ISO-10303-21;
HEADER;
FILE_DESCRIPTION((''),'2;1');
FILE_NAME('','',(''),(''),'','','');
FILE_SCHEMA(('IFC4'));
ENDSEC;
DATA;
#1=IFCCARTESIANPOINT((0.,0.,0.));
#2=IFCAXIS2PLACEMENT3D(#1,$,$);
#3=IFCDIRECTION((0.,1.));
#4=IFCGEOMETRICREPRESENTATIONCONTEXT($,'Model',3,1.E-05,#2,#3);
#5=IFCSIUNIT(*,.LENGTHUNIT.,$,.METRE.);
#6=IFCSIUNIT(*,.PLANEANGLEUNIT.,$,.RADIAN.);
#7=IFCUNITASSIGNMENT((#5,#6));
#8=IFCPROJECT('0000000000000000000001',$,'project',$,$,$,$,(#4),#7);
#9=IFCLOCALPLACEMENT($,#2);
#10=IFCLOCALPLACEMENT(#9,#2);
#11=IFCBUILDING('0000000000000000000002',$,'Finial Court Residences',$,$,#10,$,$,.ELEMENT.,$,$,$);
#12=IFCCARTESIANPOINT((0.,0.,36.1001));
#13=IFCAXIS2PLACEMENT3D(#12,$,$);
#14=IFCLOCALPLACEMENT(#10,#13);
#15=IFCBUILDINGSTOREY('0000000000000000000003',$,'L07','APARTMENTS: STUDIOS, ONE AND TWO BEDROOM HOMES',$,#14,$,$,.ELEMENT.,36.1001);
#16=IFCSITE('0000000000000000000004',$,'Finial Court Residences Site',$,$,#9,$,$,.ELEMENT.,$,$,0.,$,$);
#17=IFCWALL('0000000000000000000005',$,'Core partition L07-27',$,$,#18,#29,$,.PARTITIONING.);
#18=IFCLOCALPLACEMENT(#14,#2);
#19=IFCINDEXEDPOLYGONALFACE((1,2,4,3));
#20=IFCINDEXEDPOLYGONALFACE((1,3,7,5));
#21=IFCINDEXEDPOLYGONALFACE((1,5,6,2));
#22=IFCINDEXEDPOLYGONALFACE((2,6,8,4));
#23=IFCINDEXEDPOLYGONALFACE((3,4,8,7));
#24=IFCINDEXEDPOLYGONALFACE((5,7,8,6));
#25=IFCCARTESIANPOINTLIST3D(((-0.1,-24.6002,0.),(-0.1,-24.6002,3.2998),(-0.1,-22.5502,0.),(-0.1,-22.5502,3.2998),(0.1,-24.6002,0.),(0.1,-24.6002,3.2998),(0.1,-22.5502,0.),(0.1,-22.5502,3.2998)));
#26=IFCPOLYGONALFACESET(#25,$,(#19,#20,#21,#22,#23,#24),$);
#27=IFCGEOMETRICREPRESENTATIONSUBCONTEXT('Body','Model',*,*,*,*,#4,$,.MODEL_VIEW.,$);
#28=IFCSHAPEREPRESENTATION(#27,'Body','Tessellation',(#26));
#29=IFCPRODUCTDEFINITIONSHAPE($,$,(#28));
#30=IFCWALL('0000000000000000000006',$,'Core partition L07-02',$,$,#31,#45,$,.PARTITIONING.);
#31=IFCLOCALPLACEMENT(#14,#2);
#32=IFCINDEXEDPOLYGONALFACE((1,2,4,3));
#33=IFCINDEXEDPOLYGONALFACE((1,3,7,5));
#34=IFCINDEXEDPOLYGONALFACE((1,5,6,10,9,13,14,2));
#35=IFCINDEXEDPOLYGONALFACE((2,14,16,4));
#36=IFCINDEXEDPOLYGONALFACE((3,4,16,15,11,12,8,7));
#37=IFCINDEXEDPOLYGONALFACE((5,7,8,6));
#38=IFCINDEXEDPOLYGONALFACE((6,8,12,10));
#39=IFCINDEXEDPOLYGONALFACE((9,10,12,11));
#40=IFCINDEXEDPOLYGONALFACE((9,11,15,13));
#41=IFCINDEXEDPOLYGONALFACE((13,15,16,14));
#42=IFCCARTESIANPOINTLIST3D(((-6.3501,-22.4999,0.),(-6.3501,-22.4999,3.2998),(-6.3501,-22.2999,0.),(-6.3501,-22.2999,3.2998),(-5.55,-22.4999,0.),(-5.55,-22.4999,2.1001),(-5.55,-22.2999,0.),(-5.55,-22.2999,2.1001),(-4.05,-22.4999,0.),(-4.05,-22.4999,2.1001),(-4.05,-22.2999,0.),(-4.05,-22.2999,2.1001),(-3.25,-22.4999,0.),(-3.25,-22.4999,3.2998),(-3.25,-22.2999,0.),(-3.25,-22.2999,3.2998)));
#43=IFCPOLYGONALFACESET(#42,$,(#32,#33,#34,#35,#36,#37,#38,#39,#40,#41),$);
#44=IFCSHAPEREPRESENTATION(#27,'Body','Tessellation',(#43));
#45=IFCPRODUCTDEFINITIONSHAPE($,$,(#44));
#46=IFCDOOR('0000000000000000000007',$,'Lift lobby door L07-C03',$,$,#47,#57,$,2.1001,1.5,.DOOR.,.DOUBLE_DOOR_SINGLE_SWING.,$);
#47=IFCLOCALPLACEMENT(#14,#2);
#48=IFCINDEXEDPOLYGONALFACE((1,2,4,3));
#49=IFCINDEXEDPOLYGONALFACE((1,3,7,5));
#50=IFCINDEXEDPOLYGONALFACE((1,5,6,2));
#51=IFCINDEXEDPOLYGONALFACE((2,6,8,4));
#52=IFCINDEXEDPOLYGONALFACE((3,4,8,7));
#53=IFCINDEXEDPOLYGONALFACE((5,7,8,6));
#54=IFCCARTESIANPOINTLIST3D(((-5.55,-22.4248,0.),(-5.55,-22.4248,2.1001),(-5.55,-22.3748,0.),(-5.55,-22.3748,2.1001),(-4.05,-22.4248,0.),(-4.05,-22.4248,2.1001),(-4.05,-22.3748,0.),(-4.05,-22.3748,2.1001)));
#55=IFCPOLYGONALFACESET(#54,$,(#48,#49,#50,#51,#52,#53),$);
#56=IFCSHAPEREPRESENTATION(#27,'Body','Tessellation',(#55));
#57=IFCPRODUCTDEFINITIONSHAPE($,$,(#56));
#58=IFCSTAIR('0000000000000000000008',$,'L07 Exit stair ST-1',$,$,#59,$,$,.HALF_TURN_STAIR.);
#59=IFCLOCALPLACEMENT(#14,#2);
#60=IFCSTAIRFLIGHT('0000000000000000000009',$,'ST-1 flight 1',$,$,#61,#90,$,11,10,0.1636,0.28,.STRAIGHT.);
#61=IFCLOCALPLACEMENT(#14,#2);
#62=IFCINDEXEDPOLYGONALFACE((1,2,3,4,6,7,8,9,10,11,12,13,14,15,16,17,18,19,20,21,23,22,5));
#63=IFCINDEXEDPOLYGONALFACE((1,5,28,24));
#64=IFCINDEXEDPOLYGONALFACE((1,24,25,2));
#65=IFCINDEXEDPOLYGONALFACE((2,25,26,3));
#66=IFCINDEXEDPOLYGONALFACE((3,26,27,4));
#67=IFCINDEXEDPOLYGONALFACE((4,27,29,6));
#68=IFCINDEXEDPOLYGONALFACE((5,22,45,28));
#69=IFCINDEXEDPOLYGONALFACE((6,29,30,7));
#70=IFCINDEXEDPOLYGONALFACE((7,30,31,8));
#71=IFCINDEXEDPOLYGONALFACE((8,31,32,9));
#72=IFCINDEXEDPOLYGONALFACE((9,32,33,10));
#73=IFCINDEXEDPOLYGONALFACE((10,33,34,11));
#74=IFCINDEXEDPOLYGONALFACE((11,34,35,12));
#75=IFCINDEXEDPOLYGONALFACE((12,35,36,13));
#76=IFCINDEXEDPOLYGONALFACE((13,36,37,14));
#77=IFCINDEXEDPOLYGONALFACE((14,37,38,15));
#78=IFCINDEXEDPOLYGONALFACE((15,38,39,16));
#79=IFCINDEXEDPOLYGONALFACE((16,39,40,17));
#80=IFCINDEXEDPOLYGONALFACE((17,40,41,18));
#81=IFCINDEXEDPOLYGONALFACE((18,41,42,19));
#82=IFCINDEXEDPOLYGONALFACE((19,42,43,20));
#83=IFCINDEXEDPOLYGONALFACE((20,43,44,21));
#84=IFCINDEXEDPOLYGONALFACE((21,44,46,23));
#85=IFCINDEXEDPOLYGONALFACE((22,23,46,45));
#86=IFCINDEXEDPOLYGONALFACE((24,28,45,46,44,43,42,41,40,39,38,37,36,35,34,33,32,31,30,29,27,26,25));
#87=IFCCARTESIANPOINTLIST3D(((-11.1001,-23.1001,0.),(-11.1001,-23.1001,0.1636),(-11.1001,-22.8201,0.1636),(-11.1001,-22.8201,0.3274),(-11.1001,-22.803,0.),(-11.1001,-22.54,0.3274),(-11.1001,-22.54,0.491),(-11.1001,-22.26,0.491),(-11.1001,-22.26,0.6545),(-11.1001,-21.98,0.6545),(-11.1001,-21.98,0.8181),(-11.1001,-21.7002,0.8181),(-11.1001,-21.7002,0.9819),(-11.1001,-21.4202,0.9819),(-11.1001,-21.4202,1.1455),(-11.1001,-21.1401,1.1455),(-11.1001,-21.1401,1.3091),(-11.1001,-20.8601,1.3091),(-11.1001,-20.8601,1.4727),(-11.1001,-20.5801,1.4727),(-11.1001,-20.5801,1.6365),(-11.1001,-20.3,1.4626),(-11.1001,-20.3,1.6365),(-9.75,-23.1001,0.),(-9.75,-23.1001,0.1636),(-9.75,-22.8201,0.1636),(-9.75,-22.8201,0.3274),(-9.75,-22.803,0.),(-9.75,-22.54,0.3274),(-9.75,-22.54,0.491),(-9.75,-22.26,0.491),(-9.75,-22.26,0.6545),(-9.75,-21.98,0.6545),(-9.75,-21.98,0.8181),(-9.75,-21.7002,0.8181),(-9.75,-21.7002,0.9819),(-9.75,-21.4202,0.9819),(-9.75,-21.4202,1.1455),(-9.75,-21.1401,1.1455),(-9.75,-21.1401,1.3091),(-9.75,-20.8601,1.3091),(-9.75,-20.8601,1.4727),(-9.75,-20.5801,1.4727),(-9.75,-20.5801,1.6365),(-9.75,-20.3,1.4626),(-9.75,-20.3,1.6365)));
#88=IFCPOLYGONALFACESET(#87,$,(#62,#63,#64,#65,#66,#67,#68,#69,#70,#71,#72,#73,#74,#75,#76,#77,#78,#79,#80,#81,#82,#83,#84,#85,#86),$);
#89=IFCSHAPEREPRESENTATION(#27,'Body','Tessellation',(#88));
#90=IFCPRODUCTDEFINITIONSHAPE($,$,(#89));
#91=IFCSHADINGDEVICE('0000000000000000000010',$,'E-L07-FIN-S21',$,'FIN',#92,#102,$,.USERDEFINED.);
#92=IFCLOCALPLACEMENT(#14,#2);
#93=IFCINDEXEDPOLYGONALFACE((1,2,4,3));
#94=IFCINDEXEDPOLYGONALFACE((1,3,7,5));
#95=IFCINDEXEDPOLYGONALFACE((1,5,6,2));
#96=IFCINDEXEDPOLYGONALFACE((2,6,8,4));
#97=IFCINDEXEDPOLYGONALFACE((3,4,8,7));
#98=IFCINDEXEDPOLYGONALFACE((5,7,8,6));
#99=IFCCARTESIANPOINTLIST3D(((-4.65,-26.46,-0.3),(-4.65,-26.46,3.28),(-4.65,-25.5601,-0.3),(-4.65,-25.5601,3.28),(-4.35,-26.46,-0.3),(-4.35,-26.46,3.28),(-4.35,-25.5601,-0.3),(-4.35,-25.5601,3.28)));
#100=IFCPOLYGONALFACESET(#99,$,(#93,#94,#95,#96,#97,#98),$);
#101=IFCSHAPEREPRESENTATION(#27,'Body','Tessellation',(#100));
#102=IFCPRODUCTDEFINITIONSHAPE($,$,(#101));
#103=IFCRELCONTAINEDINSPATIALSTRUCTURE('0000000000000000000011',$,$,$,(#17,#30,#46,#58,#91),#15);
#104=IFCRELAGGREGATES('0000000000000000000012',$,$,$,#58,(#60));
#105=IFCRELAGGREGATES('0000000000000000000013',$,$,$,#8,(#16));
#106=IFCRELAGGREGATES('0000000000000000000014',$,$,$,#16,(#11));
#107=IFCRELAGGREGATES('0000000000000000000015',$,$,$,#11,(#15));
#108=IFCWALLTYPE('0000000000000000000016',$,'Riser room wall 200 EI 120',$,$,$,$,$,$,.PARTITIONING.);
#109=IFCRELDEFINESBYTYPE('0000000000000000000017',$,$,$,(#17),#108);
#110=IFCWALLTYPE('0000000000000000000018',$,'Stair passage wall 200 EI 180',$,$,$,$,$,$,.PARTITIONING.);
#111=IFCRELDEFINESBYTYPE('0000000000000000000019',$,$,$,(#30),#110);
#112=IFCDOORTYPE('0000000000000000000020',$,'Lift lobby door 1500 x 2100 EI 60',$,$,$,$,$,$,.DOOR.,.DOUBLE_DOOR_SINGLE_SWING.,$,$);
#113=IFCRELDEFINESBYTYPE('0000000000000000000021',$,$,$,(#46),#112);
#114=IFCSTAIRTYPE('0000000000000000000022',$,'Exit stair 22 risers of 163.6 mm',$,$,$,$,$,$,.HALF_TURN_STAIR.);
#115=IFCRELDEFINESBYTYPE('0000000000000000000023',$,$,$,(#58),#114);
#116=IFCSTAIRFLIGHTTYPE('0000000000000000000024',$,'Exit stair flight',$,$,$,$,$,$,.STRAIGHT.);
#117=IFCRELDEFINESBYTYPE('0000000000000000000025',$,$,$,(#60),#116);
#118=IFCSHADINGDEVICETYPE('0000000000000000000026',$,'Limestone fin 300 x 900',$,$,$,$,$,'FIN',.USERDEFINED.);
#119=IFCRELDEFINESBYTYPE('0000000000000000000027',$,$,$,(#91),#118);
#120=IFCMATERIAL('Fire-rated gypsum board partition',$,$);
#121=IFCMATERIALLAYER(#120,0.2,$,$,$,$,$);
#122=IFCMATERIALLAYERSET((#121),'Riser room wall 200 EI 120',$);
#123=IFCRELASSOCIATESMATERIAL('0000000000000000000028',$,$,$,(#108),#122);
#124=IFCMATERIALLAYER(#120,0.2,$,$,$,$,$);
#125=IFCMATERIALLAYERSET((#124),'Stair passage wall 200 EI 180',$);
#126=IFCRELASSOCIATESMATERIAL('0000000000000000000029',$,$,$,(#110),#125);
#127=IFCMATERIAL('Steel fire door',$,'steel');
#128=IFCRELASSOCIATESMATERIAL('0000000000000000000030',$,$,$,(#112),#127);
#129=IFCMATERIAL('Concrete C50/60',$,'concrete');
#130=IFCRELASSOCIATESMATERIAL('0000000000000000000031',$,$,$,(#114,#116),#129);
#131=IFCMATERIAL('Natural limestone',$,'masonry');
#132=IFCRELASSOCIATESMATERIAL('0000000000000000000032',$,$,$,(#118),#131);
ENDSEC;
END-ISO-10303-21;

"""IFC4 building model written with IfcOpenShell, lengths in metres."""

from ifc_helpers import new_model, si_unit, direction, frame, frame_2d, origin, origin_2d, place, context, subcontext, project, spatial, polyline, rectangle, outline, extrude, material, layer, layer_set, type_object, element, fill, aggregate, save


model = new_model("IFC4")

# Units and contexts
model_context = context("Model", 3, precision=1e-05, world=origin(), true_north=direction((0.0, 1.0)))
body_context = subcontext(model_context, "Body", "Model", "MODEL_VIEW")
ifc_project = project(units=[si_unit("LENGTHUNIT", "METRE"), si_unit("PLANEANGLEUNIT", "RADIAN")], contexts=[model_context])

# Site, building, storey
site_placement = place(None, origin())
site = spatial("IfcSite", under=ifc_project, at=site_placement, Name="Finial Court Residences Site", CompositionType="ELEMENT", RefElevation=0.0)
building_placement = place(site_placement, origin())
building = spatial("IfcBuilding", under=site, at=building_placement, Name="Finial Court Residences", CompositionType="ELEMENT")
storey_placement = place(building_placement, frame((0.0, 0.0, 36.1001)))
storey = spatial("IfcBuildingStorey", under=building, at=storey_placement, Name="L07", Description="APARTMENTS: STUDIOS, ONE AND TWO BEDROOM HOMES", CompositionType="ELEMENT", Elevation=36.1001)

# Shared definitions
ifc_material_1 = material(Name="Steel fire door", Category="steel")

# Wall
ifc_material_2 = material(Name="Fire-rated gypsum board partition")
ifc_layer_1 = layer(ifc_material_2, 0.2)
ifc_layer_set_1 = layer_set([ifc_layer_1], Name="Riser room wall 200 EI 120")
wall_type_1 = type_object("IfcWallType", Name="Riser room wall 200 EI 120", PredefinedType="PARTITIONING", material=ifc_layer_set_1)
wall_1_placement = place(storey_placement, frame((0.0, -24.6001, 0.0), z_axis=(0.0, 0.0, 1.0), x_axis=(0.0, 1.0, 0.0)))
element("IfcWall", 1, at=wall_1_placement, inside=storey, type_object=wall_type_1, Name="Core partition L07-27", PredefinedType="PARTITIONING", context=body_context, shape_type="SweptSolid", body=[
    extrude(rectangle(XDim=2.05, YDim=0.2, at=frame_2d((1.0249, 0.0))), origin(), (0.0, 0.0, 1.0), 3.2998),
])

# Wall, opening, door
ifc_layer_2 = layer(ifc_material_2, 0.2)
ifc_layer_set_2 = layer_set([ifc_layer_2], Name="Stair passage wall 200 EI 180")
wall_type_2 = type_object("IfcWallType", Name="Stair passage wall 200 EI 180", PredefinedType="PARTITIONING", material=ifc_layer_set_2)
wall_2_placement = place(storey_placement, frame((-3.25, -22.3999, 0.0), z_axis=(0.0, 0.0, 1.0), x_axis=(-1.0, 0.0, 0.0)))
wall_2 = element("IfcWall", 2, at=wall_2_placement, inside=storey, type_object=wall_type_2, Name="Core partition L07-02", PredefinedType="PARTITIONING", context=body_context, shape_type="SweptSolid", body=[
    extrude(rectangle(XDim=3.1001, YDim=0.2, at=frame_2d((1.55, 0.0))), origin(), (0.0, 0.0, 1.0), 3.2998),
])
opening_1_placement = place(wall_2_placement, frame((0.8, 0.0, 0.0)))
opening_1 = element("IfcOpeningElement", 3, at=opening_1_placement, cuts=wall_2, PredefinedType="OPENING", context=body_context, shape_type="SweptSolid", body=[
    extrude(rectangle(XDim=1.5, YDim=2.1001, at=frame_2d((0.75, 1.05))), frame((0.0, 0.1099, 0.0), z_axis=(0.0, -1.0, 0.0), x_axis=(1.0, 0.0, 0.0)), (0.0, 0.0, 1.0), 0.22),
])
door_type_1 = type_object("IfcDoorType", Name="Lift lobby door 1500 x 2100 EI 60", OperationType="DOUBLE_DOOR_SINGLE_SWING", PredefinedType="DOOR", material=ifc_material_1)
door_1_placement = place(opening_1_placement, origin())
door_1 = element("IfcDoor", 4, at=door_1_placement, inside=storey, type_object=door_type_1, Name="Lift lobby door L07-C03", OperationType="DOUBLE_DOOR_SINGLE_SWING", OverallHeight=2.1001, OverallWidth=1.5, PredefinedType="DOOR", context=body_context, shape_type="SweptSolid", body=[
    extrude(rectangle(XDim=1.5, YDim=2.1001, at=frame_2d((0.75, 1.05))), frame((0.0, 0.0249, 0.0), z_axis=(0.0, -1.0, 0.0), x_axis=(1.0, 0.0, 0.0)), (0.0, 0.0, 1.0), 0.05),
])
fill(opening_1, door_1)

# Stair, stair flight
ifc_material_3 = material(Name="Concrete C50/60", Category="concrete")
stair_type = type_object("IfcStairType", Name="Exit stair 22 risers of 163.6 mm", PredefinedType="HALF_TURN_STAIR", material=ifc_material_3)
stair_placement = place(storey_placement, origin())
stair = element("IfcStair", 5, at=stair_placement, inside=storey, type_object=stair_type, Name="L07 Exit stair ST-1", PredefinedType="HALF_TURN_STAIR")
stair_flight_type = type_object("IfcStairFlightType", Name="Exit stair flight", PredefinedType="STRAIGHT", material=ifc_material_3)
stair_flight_placement = place(storey_placement, frame((-10.425, -23.1001, 0.0), z_axis=(0.0, 0.0, 1.0), x_axis=(0.0, 1.0, 0.0)))
stair_flight = element("IfcStairFlight", 6, at=stair_flight_placement, type_object=stair_flight_type, Name="ST-1 flight 1", NumberOfRisers=11, NumberOfTreads=10, PredefinedType="STRAIGHT", RiserHeight=0.1636, TreadLength=0.28, context=body_context, shape_type="SweptSolid", body=[
    extrude(outline(polyline([(0.0, 0.0), (0.0, 0.1636), (0.28, 0.1636), (0.28, 0.3274), (0.5601, 0.3274), (0.5601, 0.491), (0.8401, 0.491), (0.8401, 0.6545), (1.1201, 0.6545), (1.1201, 0.8181), (1.3999, 0.8181), (1.3999, 0.9819), (1.6799, 0.9819), (1.6799, 1.1455), (1.96, 1.1455), (1.96, 1.3091), (2.24, 1.3091), (2.24, 1.4727), (2.52, 1.4727), (2.52, 1.6365), (2.8, 1.6365), (2.8, 1.8), (2.8, 1.4626), (0.2971, 0.0), (0.0, 0.0)])), frame((0.0, 0.675, 0.0), z_axis=(0.0, -1.0, 0.0), x_axis=(1.0, 0.0, 0.0)), (0.0, 0.0, 1.0), 1.3501),
])
aggregate(stair, [stair_flight])

# Shading device
ifc_material_4 = material(Name="Natural limestone", Category="masonry")
shading_device_type = type_object("IfcShadingDeviceType", Name="Limestone fin 300 x 900", ElementType="FIN", PredefinedType="USERDEFINED", material=ifc_material_4)
shading_device_placement = place(storey_placement, frame((-4.5, -26.01, -0.3), z_axis=(0.0, 0.0, 1.0), x_axis=(1.0, 0.0, 0.0)))
element("IfcShadingDevice", 7, at=shading_device_placement, inside=storey, type_object=shading_device_type, Name="E-L07-FIN-S21", ObjectType="FIN", PredefinedType="USERDEFINED", context=body_context, shape_type="SweptSolid", body=[
    extrude(rectangle(XDim=0.3, YDim=0.8999, at=origin_2d()), origin(), (0.0, 0.0, 1.0), 3.5801),
])

save(model, "model.ifc")
